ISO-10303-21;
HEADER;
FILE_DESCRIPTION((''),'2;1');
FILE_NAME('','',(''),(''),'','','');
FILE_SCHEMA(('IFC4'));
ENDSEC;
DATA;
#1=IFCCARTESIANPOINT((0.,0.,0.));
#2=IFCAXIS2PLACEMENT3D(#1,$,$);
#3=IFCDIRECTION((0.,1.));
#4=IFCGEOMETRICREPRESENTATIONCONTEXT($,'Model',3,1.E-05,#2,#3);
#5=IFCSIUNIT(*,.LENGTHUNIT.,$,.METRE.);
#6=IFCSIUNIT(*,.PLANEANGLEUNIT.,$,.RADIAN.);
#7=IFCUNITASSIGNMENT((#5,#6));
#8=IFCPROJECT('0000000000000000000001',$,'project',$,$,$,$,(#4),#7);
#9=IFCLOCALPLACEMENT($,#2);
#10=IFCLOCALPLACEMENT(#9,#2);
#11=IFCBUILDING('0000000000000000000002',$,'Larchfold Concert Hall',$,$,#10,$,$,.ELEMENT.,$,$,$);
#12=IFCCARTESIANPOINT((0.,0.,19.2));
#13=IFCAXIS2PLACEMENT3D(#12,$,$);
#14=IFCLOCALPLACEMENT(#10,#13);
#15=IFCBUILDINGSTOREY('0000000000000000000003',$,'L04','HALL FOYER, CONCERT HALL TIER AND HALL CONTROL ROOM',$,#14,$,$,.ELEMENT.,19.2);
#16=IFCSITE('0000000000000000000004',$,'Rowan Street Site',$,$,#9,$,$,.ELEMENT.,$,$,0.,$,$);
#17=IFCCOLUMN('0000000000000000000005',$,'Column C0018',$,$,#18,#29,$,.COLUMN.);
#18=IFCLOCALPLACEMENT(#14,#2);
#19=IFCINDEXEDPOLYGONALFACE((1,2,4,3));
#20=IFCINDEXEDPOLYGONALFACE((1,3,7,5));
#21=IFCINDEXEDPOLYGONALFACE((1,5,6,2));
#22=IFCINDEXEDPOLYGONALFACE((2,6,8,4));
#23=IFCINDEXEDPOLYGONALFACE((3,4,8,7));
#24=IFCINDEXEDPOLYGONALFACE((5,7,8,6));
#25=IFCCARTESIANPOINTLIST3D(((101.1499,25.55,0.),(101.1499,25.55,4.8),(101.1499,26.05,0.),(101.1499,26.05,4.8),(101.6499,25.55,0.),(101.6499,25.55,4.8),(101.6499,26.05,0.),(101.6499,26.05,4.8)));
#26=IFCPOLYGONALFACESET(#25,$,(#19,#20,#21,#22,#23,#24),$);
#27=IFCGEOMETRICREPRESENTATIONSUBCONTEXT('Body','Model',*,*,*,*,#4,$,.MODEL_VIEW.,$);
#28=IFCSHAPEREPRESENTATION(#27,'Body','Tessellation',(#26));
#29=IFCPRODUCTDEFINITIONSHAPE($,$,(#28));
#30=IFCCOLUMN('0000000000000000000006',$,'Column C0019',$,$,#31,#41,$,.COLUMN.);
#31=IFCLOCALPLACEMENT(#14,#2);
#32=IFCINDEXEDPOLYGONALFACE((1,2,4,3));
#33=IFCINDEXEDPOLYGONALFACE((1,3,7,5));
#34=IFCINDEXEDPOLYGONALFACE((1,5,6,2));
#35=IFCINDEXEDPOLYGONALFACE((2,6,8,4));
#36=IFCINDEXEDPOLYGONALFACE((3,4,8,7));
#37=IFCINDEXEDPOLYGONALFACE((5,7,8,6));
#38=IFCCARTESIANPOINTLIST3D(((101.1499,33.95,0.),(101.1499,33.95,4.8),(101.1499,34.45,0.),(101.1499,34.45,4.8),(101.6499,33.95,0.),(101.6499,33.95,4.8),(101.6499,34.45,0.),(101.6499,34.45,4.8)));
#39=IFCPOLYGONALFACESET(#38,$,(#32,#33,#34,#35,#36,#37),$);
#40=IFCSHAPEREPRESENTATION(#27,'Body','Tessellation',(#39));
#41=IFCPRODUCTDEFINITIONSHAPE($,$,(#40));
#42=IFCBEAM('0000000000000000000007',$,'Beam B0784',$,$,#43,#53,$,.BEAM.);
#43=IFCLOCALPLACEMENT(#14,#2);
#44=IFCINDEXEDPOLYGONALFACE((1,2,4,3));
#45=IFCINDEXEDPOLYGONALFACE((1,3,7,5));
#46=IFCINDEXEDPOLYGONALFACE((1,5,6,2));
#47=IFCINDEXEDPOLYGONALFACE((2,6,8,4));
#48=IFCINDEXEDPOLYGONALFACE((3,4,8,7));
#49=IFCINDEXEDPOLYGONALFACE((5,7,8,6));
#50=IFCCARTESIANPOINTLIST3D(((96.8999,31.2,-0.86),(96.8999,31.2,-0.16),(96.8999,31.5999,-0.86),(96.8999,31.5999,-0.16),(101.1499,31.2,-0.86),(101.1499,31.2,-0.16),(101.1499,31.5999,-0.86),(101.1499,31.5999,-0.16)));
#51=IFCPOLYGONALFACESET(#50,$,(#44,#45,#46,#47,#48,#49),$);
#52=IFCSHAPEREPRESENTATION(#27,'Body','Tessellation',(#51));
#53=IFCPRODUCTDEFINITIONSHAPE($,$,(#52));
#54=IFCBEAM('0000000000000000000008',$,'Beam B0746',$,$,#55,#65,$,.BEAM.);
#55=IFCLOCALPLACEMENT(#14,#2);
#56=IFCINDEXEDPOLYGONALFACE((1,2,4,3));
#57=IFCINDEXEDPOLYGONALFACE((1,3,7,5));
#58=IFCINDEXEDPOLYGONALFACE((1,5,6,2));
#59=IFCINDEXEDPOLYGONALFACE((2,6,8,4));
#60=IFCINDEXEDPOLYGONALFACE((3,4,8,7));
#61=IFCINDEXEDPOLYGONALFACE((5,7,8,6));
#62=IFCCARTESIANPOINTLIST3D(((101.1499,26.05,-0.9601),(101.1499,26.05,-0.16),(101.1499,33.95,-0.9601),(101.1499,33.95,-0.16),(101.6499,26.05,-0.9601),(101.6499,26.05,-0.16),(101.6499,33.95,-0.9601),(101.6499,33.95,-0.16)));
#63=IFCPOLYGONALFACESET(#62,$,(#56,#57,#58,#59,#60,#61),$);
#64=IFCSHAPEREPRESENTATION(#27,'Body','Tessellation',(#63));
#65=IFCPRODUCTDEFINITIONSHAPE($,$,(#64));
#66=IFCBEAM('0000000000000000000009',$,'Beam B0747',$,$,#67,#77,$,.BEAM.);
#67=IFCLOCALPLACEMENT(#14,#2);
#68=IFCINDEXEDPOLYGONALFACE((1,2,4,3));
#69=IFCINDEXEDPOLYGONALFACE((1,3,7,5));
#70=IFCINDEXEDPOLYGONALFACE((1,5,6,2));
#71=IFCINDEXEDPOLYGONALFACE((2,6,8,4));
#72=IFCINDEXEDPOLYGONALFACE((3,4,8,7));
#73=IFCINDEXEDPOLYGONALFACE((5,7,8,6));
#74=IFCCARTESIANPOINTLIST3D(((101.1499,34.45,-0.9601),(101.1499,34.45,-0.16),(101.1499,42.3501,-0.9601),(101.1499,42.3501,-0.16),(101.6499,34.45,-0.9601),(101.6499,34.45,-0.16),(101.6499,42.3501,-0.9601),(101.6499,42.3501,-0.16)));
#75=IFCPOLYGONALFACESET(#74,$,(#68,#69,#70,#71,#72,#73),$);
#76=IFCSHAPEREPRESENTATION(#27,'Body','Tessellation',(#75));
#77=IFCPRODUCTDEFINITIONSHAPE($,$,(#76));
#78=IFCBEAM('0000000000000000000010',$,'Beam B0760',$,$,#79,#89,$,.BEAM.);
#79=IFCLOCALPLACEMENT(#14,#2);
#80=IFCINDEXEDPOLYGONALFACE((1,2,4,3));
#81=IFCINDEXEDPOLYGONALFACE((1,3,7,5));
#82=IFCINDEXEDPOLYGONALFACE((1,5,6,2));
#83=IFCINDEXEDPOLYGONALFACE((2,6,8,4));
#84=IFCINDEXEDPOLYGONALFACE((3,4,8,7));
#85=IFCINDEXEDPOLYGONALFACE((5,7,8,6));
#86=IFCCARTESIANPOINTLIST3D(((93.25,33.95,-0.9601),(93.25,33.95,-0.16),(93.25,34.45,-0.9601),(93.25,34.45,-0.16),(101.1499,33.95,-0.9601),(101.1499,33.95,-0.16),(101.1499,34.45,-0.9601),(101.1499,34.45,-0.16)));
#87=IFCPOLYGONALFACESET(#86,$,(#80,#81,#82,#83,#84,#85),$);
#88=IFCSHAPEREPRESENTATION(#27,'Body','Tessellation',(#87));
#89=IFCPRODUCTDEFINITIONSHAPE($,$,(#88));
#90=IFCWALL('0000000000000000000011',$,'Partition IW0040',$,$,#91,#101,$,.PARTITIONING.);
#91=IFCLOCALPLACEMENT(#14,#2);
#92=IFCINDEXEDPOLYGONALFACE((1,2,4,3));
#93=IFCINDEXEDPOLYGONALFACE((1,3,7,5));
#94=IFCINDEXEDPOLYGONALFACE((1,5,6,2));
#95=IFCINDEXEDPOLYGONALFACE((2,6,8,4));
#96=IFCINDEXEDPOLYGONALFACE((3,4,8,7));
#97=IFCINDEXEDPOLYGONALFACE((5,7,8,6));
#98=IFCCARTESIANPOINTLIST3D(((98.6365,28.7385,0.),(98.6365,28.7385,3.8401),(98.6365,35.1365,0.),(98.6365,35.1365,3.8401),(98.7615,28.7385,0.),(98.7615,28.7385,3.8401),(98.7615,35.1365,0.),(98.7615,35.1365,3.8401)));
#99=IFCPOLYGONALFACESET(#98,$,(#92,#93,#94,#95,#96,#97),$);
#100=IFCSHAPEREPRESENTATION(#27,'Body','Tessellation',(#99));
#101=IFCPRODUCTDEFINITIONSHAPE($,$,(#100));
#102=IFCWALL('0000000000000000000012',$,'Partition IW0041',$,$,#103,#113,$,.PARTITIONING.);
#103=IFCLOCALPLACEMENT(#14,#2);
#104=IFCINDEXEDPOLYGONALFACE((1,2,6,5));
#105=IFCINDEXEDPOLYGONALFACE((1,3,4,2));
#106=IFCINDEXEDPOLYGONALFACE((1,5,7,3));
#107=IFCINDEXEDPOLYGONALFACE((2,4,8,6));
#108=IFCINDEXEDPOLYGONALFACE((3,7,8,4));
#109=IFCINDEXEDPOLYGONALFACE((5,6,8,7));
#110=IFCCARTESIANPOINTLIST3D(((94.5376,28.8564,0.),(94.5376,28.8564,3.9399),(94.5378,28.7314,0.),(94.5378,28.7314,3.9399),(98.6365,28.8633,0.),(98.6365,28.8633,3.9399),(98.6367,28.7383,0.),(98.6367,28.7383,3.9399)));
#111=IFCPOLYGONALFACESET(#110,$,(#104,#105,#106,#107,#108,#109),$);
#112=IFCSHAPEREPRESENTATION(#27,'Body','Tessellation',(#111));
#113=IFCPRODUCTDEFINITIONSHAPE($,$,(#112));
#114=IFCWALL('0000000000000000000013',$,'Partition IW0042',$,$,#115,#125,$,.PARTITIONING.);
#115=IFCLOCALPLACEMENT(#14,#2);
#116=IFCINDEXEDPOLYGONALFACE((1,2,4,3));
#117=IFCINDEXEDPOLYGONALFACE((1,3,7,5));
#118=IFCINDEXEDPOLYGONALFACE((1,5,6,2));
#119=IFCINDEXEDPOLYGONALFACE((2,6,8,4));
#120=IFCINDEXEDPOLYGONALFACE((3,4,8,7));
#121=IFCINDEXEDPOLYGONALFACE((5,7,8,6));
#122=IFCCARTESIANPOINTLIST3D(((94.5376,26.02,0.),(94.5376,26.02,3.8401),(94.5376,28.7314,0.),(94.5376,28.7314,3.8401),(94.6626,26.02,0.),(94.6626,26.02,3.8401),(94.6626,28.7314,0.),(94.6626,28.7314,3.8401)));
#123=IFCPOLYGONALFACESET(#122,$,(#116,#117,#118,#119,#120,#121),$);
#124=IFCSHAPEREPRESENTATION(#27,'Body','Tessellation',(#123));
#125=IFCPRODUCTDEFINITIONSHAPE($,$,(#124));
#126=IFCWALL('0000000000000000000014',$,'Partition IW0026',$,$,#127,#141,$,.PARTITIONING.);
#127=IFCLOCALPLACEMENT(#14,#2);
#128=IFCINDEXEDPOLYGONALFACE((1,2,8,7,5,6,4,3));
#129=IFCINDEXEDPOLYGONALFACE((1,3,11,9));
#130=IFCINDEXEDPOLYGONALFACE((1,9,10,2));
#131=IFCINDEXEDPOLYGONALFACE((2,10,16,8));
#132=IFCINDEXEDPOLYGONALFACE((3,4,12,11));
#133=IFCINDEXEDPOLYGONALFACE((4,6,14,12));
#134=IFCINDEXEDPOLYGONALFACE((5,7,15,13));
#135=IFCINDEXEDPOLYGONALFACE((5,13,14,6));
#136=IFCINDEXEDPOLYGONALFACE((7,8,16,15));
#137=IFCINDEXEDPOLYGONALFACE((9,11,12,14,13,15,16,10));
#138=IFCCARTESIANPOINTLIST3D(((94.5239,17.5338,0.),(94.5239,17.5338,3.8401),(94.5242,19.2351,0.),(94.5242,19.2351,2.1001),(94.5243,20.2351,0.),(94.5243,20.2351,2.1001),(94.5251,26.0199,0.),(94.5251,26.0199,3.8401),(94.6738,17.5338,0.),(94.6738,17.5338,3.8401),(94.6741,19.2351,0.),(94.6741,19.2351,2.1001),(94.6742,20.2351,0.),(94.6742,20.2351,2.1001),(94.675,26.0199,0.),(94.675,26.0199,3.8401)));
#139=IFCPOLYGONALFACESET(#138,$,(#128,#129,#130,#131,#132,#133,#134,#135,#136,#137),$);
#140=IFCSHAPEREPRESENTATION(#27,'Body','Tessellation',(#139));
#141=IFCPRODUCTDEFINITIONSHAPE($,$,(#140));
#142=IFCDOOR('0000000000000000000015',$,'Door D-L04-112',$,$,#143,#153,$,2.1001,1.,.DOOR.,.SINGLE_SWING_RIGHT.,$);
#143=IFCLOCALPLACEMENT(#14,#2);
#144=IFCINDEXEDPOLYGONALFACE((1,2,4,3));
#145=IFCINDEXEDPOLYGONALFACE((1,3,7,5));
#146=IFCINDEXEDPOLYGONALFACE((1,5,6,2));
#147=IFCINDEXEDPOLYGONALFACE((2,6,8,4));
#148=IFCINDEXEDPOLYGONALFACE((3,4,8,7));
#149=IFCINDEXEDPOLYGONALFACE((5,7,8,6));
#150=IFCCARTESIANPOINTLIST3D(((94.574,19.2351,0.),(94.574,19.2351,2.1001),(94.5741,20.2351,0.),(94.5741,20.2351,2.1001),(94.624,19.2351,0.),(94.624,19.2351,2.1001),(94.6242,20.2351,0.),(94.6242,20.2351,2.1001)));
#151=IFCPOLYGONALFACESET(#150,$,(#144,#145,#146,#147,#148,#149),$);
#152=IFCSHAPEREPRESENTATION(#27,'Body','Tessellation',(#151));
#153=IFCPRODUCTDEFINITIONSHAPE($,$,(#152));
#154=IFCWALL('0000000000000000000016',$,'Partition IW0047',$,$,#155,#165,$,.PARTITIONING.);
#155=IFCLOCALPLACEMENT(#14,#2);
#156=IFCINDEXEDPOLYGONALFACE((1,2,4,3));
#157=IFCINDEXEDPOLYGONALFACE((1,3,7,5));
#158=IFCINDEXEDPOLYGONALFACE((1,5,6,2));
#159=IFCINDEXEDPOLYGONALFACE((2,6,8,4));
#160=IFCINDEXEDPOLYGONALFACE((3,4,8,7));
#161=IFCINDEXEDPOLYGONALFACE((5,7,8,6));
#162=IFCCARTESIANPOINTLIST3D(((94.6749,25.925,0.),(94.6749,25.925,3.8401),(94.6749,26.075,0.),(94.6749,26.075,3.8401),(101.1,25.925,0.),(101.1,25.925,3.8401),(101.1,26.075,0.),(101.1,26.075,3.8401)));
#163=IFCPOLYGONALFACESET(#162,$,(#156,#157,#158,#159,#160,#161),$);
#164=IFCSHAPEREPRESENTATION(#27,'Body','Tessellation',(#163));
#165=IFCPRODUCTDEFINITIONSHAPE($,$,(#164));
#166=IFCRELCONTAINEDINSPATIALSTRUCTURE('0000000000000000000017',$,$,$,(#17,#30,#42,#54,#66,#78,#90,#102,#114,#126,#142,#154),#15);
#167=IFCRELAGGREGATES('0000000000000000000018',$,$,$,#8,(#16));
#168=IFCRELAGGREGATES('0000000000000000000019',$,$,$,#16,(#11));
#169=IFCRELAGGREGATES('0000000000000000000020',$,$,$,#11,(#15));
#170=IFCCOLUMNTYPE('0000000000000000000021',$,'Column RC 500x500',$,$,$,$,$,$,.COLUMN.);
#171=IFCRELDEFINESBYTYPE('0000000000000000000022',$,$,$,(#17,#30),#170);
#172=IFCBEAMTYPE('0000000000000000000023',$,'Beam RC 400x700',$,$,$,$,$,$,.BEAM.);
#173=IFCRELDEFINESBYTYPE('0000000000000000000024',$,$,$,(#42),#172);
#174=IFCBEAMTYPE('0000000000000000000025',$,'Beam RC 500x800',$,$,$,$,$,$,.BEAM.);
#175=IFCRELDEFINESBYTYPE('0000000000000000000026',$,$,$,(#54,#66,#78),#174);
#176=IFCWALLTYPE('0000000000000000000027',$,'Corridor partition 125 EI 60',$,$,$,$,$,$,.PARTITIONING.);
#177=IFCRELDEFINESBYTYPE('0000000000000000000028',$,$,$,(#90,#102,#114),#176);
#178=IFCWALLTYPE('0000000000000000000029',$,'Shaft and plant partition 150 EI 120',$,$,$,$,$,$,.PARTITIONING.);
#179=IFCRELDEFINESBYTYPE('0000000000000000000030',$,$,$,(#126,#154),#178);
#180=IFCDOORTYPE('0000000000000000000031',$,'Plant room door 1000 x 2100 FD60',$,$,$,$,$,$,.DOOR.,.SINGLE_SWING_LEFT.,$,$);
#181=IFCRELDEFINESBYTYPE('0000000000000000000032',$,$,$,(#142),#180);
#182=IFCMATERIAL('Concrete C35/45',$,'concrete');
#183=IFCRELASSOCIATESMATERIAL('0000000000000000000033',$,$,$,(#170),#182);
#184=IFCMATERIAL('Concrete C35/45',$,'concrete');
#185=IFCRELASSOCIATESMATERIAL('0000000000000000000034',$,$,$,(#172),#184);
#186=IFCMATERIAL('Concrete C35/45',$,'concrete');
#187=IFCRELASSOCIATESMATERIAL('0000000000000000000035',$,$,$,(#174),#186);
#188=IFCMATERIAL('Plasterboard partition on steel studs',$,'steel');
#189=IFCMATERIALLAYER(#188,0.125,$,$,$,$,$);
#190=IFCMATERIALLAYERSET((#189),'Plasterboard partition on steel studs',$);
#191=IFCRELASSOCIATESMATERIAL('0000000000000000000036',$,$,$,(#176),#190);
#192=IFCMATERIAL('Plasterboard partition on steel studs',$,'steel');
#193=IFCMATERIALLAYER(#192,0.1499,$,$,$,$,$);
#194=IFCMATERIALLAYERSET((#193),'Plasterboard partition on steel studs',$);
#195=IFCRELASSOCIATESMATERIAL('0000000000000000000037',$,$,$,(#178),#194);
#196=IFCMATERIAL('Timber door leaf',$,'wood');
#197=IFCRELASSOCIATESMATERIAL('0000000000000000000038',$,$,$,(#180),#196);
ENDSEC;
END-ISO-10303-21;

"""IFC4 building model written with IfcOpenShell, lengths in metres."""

from ifc_helpers import new_model, si_unit, direction, frame, frame_2d, origin, origin_2d, place, context, subcontext, project, spatial, rectangle, extrude, material, layer, layer_set, material_profile, profile_set, type_object, element, fill, save


model = new_model("IFC4")

# Units and contexts
model_context = context("Model", 3, precision=1e-05, world=origin(), true_north=direction((0.0, 1.0)))
body_context = subcontext(model_context, "Body", "Model", "MODEL_VIEW")
ifc_project = project(units=[si_unit("LENGTHUNIT", "METRE"), si_unit("PLANEANGLEUNIT", "RADIAN")], contexts=[model_context])

# Site, building, storey
site_placement = place(None, origin())
site = spatial("IfcSite", under=ifc_project, at=site_placement, Name="Rowan Street Site", CompositionType="ELEMENT", RefElevation=0.0)
building_placement = place(site_placement, origin())
building = spatial("IfcBuilding", under=site, at=building_placement, Name="Larchfold Concert Hall", CompositionType="ELEMENT")
storey_placement = place(building_placement, frame((0.0, 0.0, 19.2)))
storey = spatial("IfcBuildingStorey", under=building, at=storey_placement, Name="L04", Description="HALL FOYER, CONCERT HALL TIER AND HALL CONTROL ROOM", CompositionType="ELEMENT", Elevation=19.2)

# Columns
ifc_material_1 = material(Name="Concrete C35/45", Category="concrete")
ifc_material_profile_1 = material_profile(ifc_material_1, rectangle(XDim=0.5, YDim=0.5, at=origin_2d()))
ifc_profile_set_1 = profile_set([ifc_material_profile_1], Name="Concrete C35/45")
column_type = type_object("IfcColumnType", Name="Column RC 500x500", PredefinedType="COLUMN", material=ifc_profile_set_1)
for number, where, z_axis, x_axis, name in (
    (1, (101.3999, 25.8, 0.0), (0.0, 0.0, 1.0), (1.0, 0.0, 0.0), "Column C0018"),
    (2, (101.3999, 34.2, 0.0), (0.0, 0.0, 1.0), (1.0, 0.0, 0.0), "Column C0019"),
):
    element("IfcColumn", number, at=place(storey_placement, frame(where, z_axis=z_axis, x_axis=x_axis)), inside=storey, type_object=column_type, Name=name, PredefinedType="COLUMN", context=body_context, shape_type="SweptSolid", body=[
        extrude(rectangle(XDim=0.5, YDim=0.5, at=origin_2d()), origin(), (0.0, 0.0, 1.0), 4.8),
    ])

# Beams
ifc_material_2 = material(Name="Concrete C35/45", Category="concrete")
ifc_material_profile_2 = material_profile(ifc_material_2, rectangle(XDim=0.3999, YDim=0.7, at=origin_2d()))
ifc_profile_set_2 = profile_set([ifc_material_profile_2], Name="Concrete C35/45")
beam_type_1 = type_object("IfcBeamType", Name="Beam RC 400x700", PredefinedType="BEAM", material=ifc_profile_set_2)
beam_1_placement = place(storey_placement, frame((96.8999, 31.3999, -0.51), z_axis=(1.0, 0.0, 0.0), x_axis=(0.0, 1.0, 0.0)))
element("IfcBeam", 3, at=beam_1_placement, inside=storey, type_object=beam_type_1, Name="Beam B0784", PredefinedType="BEAM", context=body_context, shape_type="SweptSolid", body=[
    extrude(rectangle(XDim=0.3999, YDim=0.7, at=origin_2d()), origin(), (0.0, 0.0, 1.0), 4.25),
])
ifc_material_3 = material(Name="Concrete C35/45", Category="concrete")
ifc_material_profile_3 = material_profile(ifc_material_3, rectangle(XDim=0.5, YDim=0.8, at=origin_2d()))
ifc_profile_set_3 = profile_set([ifc_material_profile_3], Name="Concrete C35/45")
beam_type_2 = type_object("IfcBeamType", Name="Beam RC 500x800", PredefinedType="BEAM", material=ifc_profile_set_3)
beam_2_placement = place(storey_placement, frame((101.3999, 26.05, -0.5601), z_axis=(0.0, 1.0, 0.0), x_axis=(-1.0, 0.0, 0.0)))
element("IfcBeam", 4, at=beam_2_placement, inside=storey, type_object=beam_type_2, Name="Beam B0746", PredefinedType="BEAM", context=body_context, shape_type="SweptSolid", body=[
    extrude(rectangle(XDim=0.5, YDim=0.8, at=origin_2d()), origin(), (0.0, 0.0, 1.0), 7.8999),
])
beam_3_placement = place(storey_placement, frame((101.3999, 34.45, -0.5601), z_axis=(0.0, 1.0, 0.0), x_axis=(-1.0, 0.0, 0.0)))
element("IfcBeam", 5, at=beam_3_placement, inside=storey, type_object=beam_type_2, Name="Beam B0747", PredefinedType="BEAM", context=body_context, shape_type="SweptSolid", body=[
    extrude(rectangle(XDim=0.5, YDim=0.8, at=origin_2d()), origin(), (0.0, 0.0, 1.0), 7.9001),
])
beam_4_placement = place(storey_placement, frame((93.25, 34.2, -0.5601), z_axis=(1.0, 0.0, 0.0), x_axis=(0.0, 1.0, 0.0)))
element("IfcBeam", 6, at=beam_4_placement, inside=storey, type_object=beam_type_2, Name="Beam B0760", PredefinedType="BEAM", context=body_context, shape_type="SweptSolid", body=[
    extrude(rectangle(XDim=0.5, YDim=0.8, at=origin_2d()), origin(), (0.0, 0.0, 1.0), 7.8999),
])

# Walls
ifc_material_4 = material(Name="Plasterboard partition on steel studs", Category="steel")
ifc_layer_1 = layer(ifc_material_4, 0.125)
ifc_layer_set_1 = layer_set([ifc_layer_1], Name="Plasterboard partition on steel studs")
wall_type_1 = type_object("IfcWallType", Name="Corridor partition 125 EI 60", PredefinedType="PARTITIONING", material=ifc_layer_set_1)
wall_1_placement = place(storey_placement, frame((98.699, 35.1365, 0.0), z_axis=(0.0, 0.0, 1.0), x_axis=(0.0, -1.0, 0.0)))
element("IfcWall", 7, at=wall_1_placement, inside=storey, type_object=wall_type_1, Name="Partition IW0040", PredefinedType="PARTITIONING", context=body_context, shape_type="SweptSolid", body=[
    extrude(rectangle(XDim=6.3979, YDim=0.125, at=frame_2d((3.199, 0.0))), origin(), (0.0, 0.0, 1.0), 3.8401),
])
wall_2_placement = place(storey_placement, frame((98.6365, 28.8008, 0.0), z_axis=(0.0, 0.0, 1.0), x_axis=(-0.999999, -0.001668, 0.0)))
element("IfcWall", 8, at=wall_2_placement, inside=storey, type_object=wall_type_1, Name="Partition IW0041", PredefinedType="PARTITIONING", context=body_context, shape_type="SweptSolid", body=[
    extrude(rectangle(XDim=4.0989, YDim=0.125, at=frame_2d((2.0493, 0.0))), origin(), (0.0, 0.0, 1.0), 3.9399),
])
wall_3_placement = place(storey_placement, frame((94.6001, 28.7314, 0.0), z_axis=(0.0, 0.0, 1.0), x_axis=(0.0, -1.0, 0.0)))
element("IfcWall", 9, at=wall_3_placement, inside=storey, type_object=wall_type_1, Name="Partition IW0042", PredefinedType="PARTITIONING", context=body_context, shape_type="SweptSolid", body=[
    extrude(rectangle(XDim=2.7114, YDim=0.125, at=frame_2d((1.3557, 0.0))), origin(), (0.0, 0.0, 1.0), 3.8401),
])

# Wall, opening, door
ifc_material_5 = material(Name="Plasterboard partition on steel studs", Category="steel")
ifc_layer_2 = layer(ifc_material_5, 0.1499)
ifc_layer_set_2 = layer_set([ifc_layer_2], Name="Plasterboard partition on steel studs")
wall_type_2 = type_object("IfcWallType", Name="Shaft and plant partition 150 EI 120", PredefinedType="PARTITIONING", material=ifc_layer_set_2)
wall_4_placement = place(storey_placement, frame((94.6001, 26.02, 0.0), z_axis=(0.0, 0.0, 1.0), x_axis=(-0.000144, -1.0, 0.0)))
wall_4 = element("IfcWall", 10, at=wall_4_placement, inside=storey, type_object=wall_type_2, Name="Partition IW0026", PredefinedType="PARTITIONING", context=body_context, shape_type="SweptSolid", body=[
    extrude(rectangle(XDim=8.4861, YDim=0.1499, at=frame_2d((4.2432, 0.0))), origin(), (0.0, 0.0, 1.0), 3.8401),
])
opening_1_placement = place(wall_4_placement, frame((5.7849, 0.0, 0.0)))
opening_1 = element("IfcOpeningElement", 11, at=opening_1_placement, cuts=wall_4, PredefinedType="OPENING", context=body_context, shape_type="SweptSolid", body=[
    extrude(rectangle(XDim=1.0, YDim=2.1001, at=frame_2d((0.5, 1.05))), frame((0.0, 0.085, 0.0), z_axis=(0.0, -1.0, 0.0), x_axis=(1.0, 0.0, 0.0)), (0.0, 0.0, 1.0), 0.1699),
])
ifc_material_6 = material(Name="Timber door leaf", Category="wood")
door_type_1 = type_object("IfcDoorType", Name="Plant room door 1000 x 2100 FD60", OperationType="SINGLE_SWING_LEFT", PredefinedType="DOOR", material=ifc_material_6)
door_1_placement = place(opening_1_placement, origin())
door_1 = element("IfcDoor", 12, at=door_1_placement, inside=storey, type_object=door_type_1, Name="Door D-L04-112", OperationType="SINGLE_SWING_RIGHT", OverallHeight=2.1001, OverallWidth=1.0, PredefinedType="DOOR", context=body_context, shape_type="SweptSolid", body=[
    extrude(rectangle(XDim=1.0, YDim=2.1001, at=frame_2d((0.5, 1.05))), frame((0.0, 0.0249, 0.0), z_axis=(0.0, -1.0, 0.0), x_axis=(1.0, 0.0, 0.0)), (0.0, 0.0, 1.0), 0.05),
])
fill(opening_1, door_1)

# Wall
wall_5_placement = place(storey_placement, frame((94.675, 26.0, 0.0), z_axis=(0.0, 0.0, 1.0), x_axis=(1.0, 0.0, 0.0)))
element("IfcWall", 13, at=wall_5_placement, inside=storey, type_object=wall_type_2, Name="Partition IW0047", PredefinedType="PARTITIONING", context=body_context, shape_type="SweptSolid", body=[
    extrude(rectangle(XDim=6.425, YDim=0.1499, at=frame_2d((3.2124, 0.0))), origin(), (0.0, 0.0, 1.0), 3.8401),
])

save(model, "model.ifc")
